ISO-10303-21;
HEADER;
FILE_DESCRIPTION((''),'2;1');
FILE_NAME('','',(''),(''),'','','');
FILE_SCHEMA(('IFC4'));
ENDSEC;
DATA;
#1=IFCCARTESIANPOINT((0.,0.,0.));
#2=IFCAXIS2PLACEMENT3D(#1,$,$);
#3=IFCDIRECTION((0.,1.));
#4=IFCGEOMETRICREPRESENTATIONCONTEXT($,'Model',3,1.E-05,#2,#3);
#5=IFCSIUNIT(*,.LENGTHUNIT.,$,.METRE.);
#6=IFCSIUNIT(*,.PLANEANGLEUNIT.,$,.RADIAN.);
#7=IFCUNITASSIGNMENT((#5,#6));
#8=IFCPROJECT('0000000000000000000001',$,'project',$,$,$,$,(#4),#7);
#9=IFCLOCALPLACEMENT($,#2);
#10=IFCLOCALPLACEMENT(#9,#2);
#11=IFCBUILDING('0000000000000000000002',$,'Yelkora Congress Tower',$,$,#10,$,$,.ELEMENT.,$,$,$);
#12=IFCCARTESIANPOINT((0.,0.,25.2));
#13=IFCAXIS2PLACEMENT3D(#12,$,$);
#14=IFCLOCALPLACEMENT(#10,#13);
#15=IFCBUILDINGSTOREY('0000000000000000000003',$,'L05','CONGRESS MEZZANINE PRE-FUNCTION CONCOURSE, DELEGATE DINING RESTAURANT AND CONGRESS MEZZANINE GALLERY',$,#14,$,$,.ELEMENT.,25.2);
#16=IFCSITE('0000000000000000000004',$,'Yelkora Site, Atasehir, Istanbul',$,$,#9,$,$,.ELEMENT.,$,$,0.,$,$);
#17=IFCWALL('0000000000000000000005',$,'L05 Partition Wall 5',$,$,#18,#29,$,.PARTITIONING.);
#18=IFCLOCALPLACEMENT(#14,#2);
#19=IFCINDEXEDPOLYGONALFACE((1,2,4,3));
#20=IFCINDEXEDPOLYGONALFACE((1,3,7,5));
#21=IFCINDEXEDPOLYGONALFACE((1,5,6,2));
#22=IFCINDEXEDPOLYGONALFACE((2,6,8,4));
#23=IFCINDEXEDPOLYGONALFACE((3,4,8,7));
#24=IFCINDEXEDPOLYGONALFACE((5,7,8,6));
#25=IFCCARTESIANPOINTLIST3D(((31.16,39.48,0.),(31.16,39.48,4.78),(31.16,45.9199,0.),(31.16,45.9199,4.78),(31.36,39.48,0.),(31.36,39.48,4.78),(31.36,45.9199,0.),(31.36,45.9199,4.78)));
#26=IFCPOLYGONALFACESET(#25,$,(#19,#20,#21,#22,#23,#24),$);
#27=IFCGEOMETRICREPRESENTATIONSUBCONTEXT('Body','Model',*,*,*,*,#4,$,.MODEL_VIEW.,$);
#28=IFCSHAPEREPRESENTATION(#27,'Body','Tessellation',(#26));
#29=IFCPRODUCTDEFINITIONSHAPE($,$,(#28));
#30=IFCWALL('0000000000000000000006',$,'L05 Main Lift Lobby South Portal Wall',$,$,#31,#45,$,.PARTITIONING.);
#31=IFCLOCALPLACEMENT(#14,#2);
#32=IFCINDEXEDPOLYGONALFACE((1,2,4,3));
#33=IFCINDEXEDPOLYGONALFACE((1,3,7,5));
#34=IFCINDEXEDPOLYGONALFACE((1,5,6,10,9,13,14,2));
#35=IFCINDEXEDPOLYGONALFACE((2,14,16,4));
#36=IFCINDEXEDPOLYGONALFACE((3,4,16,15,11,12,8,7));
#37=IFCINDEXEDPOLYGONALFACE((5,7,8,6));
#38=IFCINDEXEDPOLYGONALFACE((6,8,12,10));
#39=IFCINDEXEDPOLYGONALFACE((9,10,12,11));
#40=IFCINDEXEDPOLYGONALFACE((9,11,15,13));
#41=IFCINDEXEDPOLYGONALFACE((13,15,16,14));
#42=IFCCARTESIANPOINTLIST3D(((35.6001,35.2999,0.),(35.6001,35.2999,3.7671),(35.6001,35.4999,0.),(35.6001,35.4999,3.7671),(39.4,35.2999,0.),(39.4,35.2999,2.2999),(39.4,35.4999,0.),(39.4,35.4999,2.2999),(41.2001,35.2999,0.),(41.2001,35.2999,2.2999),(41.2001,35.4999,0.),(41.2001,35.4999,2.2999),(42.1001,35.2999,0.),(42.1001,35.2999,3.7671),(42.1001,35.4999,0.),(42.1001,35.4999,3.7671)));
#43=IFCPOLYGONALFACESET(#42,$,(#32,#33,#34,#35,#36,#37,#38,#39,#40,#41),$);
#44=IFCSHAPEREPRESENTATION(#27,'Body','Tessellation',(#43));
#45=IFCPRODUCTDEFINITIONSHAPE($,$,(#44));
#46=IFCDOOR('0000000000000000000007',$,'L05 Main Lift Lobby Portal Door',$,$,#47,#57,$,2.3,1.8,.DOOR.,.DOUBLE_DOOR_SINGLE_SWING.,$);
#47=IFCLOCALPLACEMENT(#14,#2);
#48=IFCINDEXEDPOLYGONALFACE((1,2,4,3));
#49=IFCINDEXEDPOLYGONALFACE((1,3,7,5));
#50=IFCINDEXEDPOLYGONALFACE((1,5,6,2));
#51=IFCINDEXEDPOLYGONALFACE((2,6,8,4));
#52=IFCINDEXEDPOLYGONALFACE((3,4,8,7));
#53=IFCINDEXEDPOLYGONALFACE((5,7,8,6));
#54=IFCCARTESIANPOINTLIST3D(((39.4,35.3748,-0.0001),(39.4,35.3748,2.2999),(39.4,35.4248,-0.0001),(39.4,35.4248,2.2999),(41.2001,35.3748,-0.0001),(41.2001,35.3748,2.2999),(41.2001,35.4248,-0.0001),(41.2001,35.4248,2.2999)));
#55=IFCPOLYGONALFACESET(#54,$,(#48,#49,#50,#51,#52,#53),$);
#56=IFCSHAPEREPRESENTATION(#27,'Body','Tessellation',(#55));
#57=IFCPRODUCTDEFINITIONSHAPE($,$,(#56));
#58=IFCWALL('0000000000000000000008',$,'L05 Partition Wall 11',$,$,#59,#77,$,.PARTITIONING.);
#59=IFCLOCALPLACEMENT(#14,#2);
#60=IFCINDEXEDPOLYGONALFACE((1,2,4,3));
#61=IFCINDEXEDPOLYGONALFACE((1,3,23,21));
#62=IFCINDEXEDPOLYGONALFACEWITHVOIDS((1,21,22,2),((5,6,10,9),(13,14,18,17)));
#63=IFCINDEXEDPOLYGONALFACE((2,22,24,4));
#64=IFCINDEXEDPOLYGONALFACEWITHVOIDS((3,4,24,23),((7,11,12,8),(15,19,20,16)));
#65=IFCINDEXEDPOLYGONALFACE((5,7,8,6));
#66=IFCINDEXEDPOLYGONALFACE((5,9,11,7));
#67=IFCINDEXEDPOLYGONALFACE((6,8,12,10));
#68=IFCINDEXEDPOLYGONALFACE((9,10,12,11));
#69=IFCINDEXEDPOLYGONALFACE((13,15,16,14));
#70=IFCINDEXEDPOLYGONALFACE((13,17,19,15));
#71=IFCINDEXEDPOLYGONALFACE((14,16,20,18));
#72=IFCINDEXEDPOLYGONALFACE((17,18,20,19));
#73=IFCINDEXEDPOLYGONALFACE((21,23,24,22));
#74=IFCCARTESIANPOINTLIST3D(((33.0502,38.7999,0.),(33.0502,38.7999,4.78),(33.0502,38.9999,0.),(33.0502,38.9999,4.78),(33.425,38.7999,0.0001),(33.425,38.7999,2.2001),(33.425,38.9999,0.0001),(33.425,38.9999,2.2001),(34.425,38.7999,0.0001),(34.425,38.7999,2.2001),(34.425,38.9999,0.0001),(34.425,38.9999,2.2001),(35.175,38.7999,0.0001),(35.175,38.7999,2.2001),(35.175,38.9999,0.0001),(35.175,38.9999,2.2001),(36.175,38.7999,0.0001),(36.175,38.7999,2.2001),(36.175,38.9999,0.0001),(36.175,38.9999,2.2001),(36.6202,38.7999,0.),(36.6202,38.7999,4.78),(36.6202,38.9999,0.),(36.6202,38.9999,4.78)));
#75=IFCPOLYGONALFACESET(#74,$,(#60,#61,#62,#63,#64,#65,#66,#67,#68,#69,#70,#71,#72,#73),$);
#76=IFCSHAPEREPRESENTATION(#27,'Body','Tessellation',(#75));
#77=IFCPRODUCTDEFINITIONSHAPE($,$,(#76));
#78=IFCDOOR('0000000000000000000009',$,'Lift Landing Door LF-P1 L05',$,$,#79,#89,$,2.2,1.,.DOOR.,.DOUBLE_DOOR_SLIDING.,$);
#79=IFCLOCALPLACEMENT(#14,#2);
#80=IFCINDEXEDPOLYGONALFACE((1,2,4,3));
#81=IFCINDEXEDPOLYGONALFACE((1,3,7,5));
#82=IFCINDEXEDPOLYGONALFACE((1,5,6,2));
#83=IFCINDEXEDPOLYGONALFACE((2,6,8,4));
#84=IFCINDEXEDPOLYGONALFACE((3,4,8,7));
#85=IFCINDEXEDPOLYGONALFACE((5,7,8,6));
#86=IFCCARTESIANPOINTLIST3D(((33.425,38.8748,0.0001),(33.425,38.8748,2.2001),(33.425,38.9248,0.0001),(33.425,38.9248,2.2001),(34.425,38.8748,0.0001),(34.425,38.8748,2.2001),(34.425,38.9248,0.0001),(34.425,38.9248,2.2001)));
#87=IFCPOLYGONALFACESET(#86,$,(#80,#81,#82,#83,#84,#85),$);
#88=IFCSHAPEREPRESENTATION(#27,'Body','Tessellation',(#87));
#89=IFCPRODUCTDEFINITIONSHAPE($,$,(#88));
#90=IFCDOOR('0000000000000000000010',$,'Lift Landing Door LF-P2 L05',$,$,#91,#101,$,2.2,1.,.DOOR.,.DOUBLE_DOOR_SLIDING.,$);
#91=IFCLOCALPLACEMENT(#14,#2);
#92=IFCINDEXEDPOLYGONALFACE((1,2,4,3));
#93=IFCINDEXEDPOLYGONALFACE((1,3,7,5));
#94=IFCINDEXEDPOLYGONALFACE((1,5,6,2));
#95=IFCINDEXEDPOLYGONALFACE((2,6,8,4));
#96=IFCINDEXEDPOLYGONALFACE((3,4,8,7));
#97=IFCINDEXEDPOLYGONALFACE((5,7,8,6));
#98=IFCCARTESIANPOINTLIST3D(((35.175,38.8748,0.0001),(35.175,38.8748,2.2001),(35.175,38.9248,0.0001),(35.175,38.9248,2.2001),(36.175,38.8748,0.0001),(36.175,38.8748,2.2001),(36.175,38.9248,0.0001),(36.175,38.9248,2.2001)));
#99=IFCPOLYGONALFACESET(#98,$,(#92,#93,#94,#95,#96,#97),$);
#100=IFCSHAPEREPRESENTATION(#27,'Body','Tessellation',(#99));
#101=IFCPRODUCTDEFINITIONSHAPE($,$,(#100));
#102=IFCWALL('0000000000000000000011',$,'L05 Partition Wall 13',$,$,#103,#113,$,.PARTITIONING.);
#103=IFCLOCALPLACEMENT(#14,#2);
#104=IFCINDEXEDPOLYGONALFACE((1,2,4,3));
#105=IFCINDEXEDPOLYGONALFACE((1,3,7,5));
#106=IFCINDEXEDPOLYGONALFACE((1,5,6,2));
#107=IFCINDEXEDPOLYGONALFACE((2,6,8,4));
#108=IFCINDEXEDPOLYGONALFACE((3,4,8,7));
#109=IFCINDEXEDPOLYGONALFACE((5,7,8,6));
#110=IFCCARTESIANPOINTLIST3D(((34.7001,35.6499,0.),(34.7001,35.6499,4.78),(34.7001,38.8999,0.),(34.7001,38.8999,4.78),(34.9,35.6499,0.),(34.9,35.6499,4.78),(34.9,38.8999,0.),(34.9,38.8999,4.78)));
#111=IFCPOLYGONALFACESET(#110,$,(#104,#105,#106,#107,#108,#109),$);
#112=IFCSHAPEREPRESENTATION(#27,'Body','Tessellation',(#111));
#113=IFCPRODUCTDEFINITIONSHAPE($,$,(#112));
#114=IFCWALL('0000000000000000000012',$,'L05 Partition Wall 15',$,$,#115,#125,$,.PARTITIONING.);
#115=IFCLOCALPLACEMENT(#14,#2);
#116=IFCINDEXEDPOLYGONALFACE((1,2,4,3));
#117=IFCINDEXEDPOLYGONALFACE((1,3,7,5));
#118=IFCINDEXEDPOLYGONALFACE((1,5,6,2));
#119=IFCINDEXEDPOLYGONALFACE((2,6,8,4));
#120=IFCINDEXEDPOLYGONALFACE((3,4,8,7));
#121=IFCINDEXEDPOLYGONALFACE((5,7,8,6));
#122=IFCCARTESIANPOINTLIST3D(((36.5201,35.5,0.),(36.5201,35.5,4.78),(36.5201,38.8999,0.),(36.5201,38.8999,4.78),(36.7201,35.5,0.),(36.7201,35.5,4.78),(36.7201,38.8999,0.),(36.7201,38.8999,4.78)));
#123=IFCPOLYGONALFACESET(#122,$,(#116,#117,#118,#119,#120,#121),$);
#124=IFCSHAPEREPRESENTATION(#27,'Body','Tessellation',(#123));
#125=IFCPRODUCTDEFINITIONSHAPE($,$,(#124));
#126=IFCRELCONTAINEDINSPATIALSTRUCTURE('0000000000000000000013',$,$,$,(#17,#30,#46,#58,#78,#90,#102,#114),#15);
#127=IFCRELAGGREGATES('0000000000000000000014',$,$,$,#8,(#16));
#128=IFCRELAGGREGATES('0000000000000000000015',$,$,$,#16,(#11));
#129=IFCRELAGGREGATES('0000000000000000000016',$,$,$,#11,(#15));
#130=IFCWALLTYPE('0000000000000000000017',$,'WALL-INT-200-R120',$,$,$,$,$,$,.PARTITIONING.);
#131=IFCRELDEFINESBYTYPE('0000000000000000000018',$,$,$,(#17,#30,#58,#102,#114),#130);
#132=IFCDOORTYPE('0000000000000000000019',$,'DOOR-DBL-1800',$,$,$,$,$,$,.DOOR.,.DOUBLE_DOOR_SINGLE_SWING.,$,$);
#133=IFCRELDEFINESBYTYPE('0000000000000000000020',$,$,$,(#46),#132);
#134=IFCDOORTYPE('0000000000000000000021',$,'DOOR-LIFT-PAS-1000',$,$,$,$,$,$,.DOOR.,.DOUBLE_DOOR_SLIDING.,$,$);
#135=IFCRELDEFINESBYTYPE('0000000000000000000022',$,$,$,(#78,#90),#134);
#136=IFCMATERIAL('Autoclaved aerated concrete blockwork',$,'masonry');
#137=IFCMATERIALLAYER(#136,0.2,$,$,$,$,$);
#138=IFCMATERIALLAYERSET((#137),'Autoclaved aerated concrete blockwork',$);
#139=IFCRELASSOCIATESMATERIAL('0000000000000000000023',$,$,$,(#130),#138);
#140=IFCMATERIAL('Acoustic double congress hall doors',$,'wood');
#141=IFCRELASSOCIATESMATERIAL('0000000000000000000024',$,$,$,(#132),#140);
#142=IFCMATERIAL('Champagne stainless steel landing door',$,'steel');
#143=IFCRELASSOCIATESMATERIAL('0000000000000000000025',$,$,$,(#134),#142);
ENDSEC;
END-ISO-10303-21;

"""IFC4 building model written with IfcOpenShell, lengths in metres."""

from ifc_helpers import new_model, si_unit, direction, frame, frame_2d, origin, place, context, subcontext, project, spatial, rectangle, extrude, material, layer, layer_set, type_object, element, fill, save


model = new_model("IFC4")

# Units and contexts
model_context = context("Model", 3, precision=1e-05, world=origin(), true_north=direction((0.0, 1.0)))
body_context = subcontext(model_context, "Body", "Model", "MODEL_VIEW")
ifc_project = project(units=[si_unit("LENGTHUNIT", "METRE"), si_unit("PLANEANGLEUNIT", "RADIAN")], contexts=[model_context])

# Site, building, storey
site_placement = place(None, origin())
site = spatial("IfcSite", under=ifc_project, at=site_placement, Name="Yelkora Site, Atasehir, Istanbul", CompositionType="ELEMENT", RefElevation=0.0)
building_placement = place(site_placement, origin())
building = spatial("IfcBuilding", under=site, at=building_placement, Name="Yelkora Congress Tower", CompositionType="ELEMENT")
storey_placement = place(building_placement, frame((0.0, 0.0, 25.2)))
storey = spatial("IfcBuildingStorey", under=building, at=storey_placement, Name="L05", Description="CONGRESS MEZZANINE PRE-FUNCTION CONCOURSE, DELEGATE DINING RESTAURANT AND CONGRESS MEZZANINE GALLERY", CompositionType="ELEMENT", Elevation=25.2)

# Shared definitions
ifc_material_1 = material(Name="Autoclaved aerated concrete blockwork", Category="masonry")
ifc_layer_1 = layer(ifc_material_1, 0.2)
ifc_layer_set_1 = layer_set([ifc_layer_1], Name="Autoclaved aerated concrete blockwork")
wall_type_1 = type_object("IfcWallType", Name="WALL-INT-200-R120", PredefinedType="PARTITIONING", material=ifc_layer_set_1)

# Wall
wall_1_placement = place(storey_placement, frame((31.26, 39.48, 0.0), z_axis=(0.0, 0.0, 1.0), x_axis=(0.0, 1.0, 0.0)))
element("IfcWall", 1, at=wall_1_placement, inside=storey, type_object=wall_type_1, Name="L05 Partition Wall 5", PredefinedType="PARTITIONING", context=body_context, shape_type="SweptSolid", body=[
    extrude(rectangle(XDim=6.4399, YDim=0.2, at=frame_2d((3.22, 0.0))), origin(), (0.0, 0.0, 1.0), 4.78),
])

# Wall, opening, door
wall_2_placement = place(storey_placement, frame((35.6001, 35.3999, 0.0), z_axis=(0.0, 0.0, 1.0), x_axis=(1.0, 0.0, 0.0)))
wall_2 = element("IfcWall", 2, at=wall_2_placement, inside=storey, type_object=wall_type_1, Name="L05 Main Lift Lobby South Portal Wall", PredefinedType="PARTITIONING", context=body_context, shape_type="SweptSolid", body=[
    extrude(rectangle(XDim=6.5, YDim=0.2, at=frame_2d((3.25, 0.0))), origin(), (0.0, 0.0, 1.0), 3.7671),
])
opening_1_placement = place(wall_2_placement, frame((3.8, 0.0, 0.0)))
opening_1 = element("IfcOpeningElement", 3, at=opening_1_placement, cuts=wall_2, PredefinedType="OPENING", context=body_context, shape_type="SweptSolid", body=[
    extrude(rectangle(XDim=1.8, YDim=2.3, at=frame_2d((0.8999, 1.1499))), frame((0.0, 0.1099, 0.0), z_axis=(0.0, -1.0, 0.0), x_axis=(1.0, 0.0, 0.0)), (0.0, 0.0, 1.0), 0.22),
])
ifc_material_2 = material(Name="Acoustic double congress hall doors", Category="wood")
door_type_1 = type_object("IfcDoorType", Name="DOOR-DBL-1800", OperationType="DOUBLE_DOOR_SINGLE_SWING", PredefinedType="DOOR", material=ifc_material_2)
door_1_placement = place(opening_1_placement, origin())
door_1 = element("IfcDoor", 4, at=door_1_placement, inside=storey, type_object=door_type_1, Name="L05 Main Lift Lobby Portal Door", OperationType="DOUBLE_DOOR_SINGLE_SWING", OverallHeight=2.3, OverallWidth=1.8, PredefinedType="DOOR", context=body_context, shape_type="SweptSolid", body=[
    extrude(rectangle(XDim=1.8, YDim=2.3, at=frame_2d((0.8999, 1.1499))), frame((0.0, 0.0249, 0.0), z_axis=(0.0, -1.0, 0.0), x_axis=(1.0, 0.0, 0.0)), (0.0, 0.0, 1.0), 0.05),
])
fill(opening_1, door_1)

# Wall, openings, doors
wall_3_placement = place(storey_placement, frame((33.05, 38.8999, 0.0), z_axis=(0.0, 0.0, 1.0), x_axis=(1.0, 0.0, 0.0)))
wall_3 = element("IfcWall", 5, at=wall_3_placement, inside=storey, type_object=wall_type_1, Name="L05 Partition Wall 11", PredefinedType="PARTITIONING", context=body_context, shape_type="SweptSolid", body=[
    extrude(rectangle(XDim=3.5701, YDim=0.2, at=frame_2d((1.7852, 0.0))), origin(), (0.0, 0.0, 1.0), 4.78),
])
opening_2_placement = place(wall_3_placement, frame((0.375, 0.0, 0.0)))
opening_2 = element("IfcOpeningElement", 6, at=opening_2_placement, cuts=wall_3, PredefinedType="OPENING", context=body_context, shape_type="SweptSolid", body=[
    extrude(rectangle(XDim=1.0, YDim=2.2, at=frame_2d((0.5, 1.1001))), frame((0.0, 0.1099, 0.0), z_axis=(0.0, -1.0, 0.0), x_axis=(1.0, 0.0, 0.0)), (0.0, 0.0, 1.0), 0.22),
])
opening_3_placement = place(wall_3_placement, frame((2.125, 0.0, 0.0)))
opening_3 = element("IfcOpeningElement", 7, at=opening_3_placement, cuts=wall_3, PredefinedType="OPENING", context=body_context, shape_type="SweptSolid", body=[
    extrude(rectangle(XDim=1.0, YDim=2.2, at=frame_2d((0.5, 1.1001))), frame((0.0, 0.1099, 0.0), z_axis=(0.0, -1.0, 0.0), x_axis=(1.0, 0.0, 0.0)), (0.0, 0.0, 1.0), 0.22),
])
ifc_material_3 = material(Name="Champagne stainless steel landing door", Category="steel")
door_type_2 = type_object("IfcDoorType", Name="DOOR-LIFT-PAS-1000", OperationType="DOUBLE_DOOR_SLIDING", PredefinedType="DOOR", material=ifc_material_3)
door_2_placement = place(opening_2_placement, origin())
door_2 = element("IfcDoor", 8, at=door_2_placement, inside=storey, type_object=door_type_2, Name="Lift Landing Door LF-P1 L05", OperationType="DOUBLE_DOOR_SLIDING", OverallHeight=2.2, OverallWidth=1.0, PredefinedType="DOOR", context=body_context, shape_type="SweptSolid", body=[
    extrude(rectangle(XDim=1.0, YDim=2.2, at=frame_2d((0.5, 1.1001))), frame((0.0, 0.0249, 0.0), z_axis=(0.0, -1.0, 0.0), x_axis=(1.0, 0.0, 0.0)), (0.0, 0.0, 1.0), 0.05),
])
fill(opening_2, door_2)
door_3_placement = place(opening_3_placement, origin())
door_3 = element("IfcDoor", 9, at=door_3_placement, inside=storey, type_object=door_type_2, Name="Lift Landing Door LF-P2 L05", OperationType="DOUBLE_DOOR_SLIDING", OverallHeight=2.2, OverallWidth=1.0, PredefinedType="DOOR", context=body_context, shape_type="SweptSolid", body=[
    extrude(rectangle(XDim=1.0, YDim=2.2, at=frame_2d((0.5, 1.1001))), frame((0.0, 0.0249, 0.0), z_axis=(0.0, -1.0, 0.0), x_axis=(1.0, 0.0, 0.0)), (0.0, 0.0, 1.0), 0.05),
])
fill(opening_3, door_3)

# Walls
wall_4_placement = place(storey_placement, frame((34.8, 35.6499, 0.0), z_axis=(0.0, 0.0, 1.0), x_axis=(0.0, 1.0, 0.0)))
element("IfcWall", 10, at=wall_4_placement, inside=storey, type_object=wall_type_1, Name="L05 Partition Wall 13", PredefinedType="PARTITIONING", context=body_context, shape_type="SweptSolid", body=[
    extrude(rectangle(XDim=3.25, YDim=0.2, at=frame_2d((1.625, 0.0))), origin(), (0.0, 0.0, 1.0), 4.78),
])
wall_5_placement = place(storey_placement, frame((36.6201, 35.5, 0.0), z_axis=(0.0, 0.0, 1.0), x_axis=(0.0, 1.0, 0.0)))
element("IfcWall", 11, at=wall_5_placement, inside=storey, type_object=wall_type_1, Name="L05 Partition Wall 15", PredefinedType="PARTITIONING", context=body_context, shape_type="SweptSolid", body=[
    extrude(rectangle(XDim=3.3999, YDim=0.2, at=frame_2d((1.7, 0.0))), origin(), (0.0, 0.0, 1.0), 4.78),
])

save(model, "model.ifc")
